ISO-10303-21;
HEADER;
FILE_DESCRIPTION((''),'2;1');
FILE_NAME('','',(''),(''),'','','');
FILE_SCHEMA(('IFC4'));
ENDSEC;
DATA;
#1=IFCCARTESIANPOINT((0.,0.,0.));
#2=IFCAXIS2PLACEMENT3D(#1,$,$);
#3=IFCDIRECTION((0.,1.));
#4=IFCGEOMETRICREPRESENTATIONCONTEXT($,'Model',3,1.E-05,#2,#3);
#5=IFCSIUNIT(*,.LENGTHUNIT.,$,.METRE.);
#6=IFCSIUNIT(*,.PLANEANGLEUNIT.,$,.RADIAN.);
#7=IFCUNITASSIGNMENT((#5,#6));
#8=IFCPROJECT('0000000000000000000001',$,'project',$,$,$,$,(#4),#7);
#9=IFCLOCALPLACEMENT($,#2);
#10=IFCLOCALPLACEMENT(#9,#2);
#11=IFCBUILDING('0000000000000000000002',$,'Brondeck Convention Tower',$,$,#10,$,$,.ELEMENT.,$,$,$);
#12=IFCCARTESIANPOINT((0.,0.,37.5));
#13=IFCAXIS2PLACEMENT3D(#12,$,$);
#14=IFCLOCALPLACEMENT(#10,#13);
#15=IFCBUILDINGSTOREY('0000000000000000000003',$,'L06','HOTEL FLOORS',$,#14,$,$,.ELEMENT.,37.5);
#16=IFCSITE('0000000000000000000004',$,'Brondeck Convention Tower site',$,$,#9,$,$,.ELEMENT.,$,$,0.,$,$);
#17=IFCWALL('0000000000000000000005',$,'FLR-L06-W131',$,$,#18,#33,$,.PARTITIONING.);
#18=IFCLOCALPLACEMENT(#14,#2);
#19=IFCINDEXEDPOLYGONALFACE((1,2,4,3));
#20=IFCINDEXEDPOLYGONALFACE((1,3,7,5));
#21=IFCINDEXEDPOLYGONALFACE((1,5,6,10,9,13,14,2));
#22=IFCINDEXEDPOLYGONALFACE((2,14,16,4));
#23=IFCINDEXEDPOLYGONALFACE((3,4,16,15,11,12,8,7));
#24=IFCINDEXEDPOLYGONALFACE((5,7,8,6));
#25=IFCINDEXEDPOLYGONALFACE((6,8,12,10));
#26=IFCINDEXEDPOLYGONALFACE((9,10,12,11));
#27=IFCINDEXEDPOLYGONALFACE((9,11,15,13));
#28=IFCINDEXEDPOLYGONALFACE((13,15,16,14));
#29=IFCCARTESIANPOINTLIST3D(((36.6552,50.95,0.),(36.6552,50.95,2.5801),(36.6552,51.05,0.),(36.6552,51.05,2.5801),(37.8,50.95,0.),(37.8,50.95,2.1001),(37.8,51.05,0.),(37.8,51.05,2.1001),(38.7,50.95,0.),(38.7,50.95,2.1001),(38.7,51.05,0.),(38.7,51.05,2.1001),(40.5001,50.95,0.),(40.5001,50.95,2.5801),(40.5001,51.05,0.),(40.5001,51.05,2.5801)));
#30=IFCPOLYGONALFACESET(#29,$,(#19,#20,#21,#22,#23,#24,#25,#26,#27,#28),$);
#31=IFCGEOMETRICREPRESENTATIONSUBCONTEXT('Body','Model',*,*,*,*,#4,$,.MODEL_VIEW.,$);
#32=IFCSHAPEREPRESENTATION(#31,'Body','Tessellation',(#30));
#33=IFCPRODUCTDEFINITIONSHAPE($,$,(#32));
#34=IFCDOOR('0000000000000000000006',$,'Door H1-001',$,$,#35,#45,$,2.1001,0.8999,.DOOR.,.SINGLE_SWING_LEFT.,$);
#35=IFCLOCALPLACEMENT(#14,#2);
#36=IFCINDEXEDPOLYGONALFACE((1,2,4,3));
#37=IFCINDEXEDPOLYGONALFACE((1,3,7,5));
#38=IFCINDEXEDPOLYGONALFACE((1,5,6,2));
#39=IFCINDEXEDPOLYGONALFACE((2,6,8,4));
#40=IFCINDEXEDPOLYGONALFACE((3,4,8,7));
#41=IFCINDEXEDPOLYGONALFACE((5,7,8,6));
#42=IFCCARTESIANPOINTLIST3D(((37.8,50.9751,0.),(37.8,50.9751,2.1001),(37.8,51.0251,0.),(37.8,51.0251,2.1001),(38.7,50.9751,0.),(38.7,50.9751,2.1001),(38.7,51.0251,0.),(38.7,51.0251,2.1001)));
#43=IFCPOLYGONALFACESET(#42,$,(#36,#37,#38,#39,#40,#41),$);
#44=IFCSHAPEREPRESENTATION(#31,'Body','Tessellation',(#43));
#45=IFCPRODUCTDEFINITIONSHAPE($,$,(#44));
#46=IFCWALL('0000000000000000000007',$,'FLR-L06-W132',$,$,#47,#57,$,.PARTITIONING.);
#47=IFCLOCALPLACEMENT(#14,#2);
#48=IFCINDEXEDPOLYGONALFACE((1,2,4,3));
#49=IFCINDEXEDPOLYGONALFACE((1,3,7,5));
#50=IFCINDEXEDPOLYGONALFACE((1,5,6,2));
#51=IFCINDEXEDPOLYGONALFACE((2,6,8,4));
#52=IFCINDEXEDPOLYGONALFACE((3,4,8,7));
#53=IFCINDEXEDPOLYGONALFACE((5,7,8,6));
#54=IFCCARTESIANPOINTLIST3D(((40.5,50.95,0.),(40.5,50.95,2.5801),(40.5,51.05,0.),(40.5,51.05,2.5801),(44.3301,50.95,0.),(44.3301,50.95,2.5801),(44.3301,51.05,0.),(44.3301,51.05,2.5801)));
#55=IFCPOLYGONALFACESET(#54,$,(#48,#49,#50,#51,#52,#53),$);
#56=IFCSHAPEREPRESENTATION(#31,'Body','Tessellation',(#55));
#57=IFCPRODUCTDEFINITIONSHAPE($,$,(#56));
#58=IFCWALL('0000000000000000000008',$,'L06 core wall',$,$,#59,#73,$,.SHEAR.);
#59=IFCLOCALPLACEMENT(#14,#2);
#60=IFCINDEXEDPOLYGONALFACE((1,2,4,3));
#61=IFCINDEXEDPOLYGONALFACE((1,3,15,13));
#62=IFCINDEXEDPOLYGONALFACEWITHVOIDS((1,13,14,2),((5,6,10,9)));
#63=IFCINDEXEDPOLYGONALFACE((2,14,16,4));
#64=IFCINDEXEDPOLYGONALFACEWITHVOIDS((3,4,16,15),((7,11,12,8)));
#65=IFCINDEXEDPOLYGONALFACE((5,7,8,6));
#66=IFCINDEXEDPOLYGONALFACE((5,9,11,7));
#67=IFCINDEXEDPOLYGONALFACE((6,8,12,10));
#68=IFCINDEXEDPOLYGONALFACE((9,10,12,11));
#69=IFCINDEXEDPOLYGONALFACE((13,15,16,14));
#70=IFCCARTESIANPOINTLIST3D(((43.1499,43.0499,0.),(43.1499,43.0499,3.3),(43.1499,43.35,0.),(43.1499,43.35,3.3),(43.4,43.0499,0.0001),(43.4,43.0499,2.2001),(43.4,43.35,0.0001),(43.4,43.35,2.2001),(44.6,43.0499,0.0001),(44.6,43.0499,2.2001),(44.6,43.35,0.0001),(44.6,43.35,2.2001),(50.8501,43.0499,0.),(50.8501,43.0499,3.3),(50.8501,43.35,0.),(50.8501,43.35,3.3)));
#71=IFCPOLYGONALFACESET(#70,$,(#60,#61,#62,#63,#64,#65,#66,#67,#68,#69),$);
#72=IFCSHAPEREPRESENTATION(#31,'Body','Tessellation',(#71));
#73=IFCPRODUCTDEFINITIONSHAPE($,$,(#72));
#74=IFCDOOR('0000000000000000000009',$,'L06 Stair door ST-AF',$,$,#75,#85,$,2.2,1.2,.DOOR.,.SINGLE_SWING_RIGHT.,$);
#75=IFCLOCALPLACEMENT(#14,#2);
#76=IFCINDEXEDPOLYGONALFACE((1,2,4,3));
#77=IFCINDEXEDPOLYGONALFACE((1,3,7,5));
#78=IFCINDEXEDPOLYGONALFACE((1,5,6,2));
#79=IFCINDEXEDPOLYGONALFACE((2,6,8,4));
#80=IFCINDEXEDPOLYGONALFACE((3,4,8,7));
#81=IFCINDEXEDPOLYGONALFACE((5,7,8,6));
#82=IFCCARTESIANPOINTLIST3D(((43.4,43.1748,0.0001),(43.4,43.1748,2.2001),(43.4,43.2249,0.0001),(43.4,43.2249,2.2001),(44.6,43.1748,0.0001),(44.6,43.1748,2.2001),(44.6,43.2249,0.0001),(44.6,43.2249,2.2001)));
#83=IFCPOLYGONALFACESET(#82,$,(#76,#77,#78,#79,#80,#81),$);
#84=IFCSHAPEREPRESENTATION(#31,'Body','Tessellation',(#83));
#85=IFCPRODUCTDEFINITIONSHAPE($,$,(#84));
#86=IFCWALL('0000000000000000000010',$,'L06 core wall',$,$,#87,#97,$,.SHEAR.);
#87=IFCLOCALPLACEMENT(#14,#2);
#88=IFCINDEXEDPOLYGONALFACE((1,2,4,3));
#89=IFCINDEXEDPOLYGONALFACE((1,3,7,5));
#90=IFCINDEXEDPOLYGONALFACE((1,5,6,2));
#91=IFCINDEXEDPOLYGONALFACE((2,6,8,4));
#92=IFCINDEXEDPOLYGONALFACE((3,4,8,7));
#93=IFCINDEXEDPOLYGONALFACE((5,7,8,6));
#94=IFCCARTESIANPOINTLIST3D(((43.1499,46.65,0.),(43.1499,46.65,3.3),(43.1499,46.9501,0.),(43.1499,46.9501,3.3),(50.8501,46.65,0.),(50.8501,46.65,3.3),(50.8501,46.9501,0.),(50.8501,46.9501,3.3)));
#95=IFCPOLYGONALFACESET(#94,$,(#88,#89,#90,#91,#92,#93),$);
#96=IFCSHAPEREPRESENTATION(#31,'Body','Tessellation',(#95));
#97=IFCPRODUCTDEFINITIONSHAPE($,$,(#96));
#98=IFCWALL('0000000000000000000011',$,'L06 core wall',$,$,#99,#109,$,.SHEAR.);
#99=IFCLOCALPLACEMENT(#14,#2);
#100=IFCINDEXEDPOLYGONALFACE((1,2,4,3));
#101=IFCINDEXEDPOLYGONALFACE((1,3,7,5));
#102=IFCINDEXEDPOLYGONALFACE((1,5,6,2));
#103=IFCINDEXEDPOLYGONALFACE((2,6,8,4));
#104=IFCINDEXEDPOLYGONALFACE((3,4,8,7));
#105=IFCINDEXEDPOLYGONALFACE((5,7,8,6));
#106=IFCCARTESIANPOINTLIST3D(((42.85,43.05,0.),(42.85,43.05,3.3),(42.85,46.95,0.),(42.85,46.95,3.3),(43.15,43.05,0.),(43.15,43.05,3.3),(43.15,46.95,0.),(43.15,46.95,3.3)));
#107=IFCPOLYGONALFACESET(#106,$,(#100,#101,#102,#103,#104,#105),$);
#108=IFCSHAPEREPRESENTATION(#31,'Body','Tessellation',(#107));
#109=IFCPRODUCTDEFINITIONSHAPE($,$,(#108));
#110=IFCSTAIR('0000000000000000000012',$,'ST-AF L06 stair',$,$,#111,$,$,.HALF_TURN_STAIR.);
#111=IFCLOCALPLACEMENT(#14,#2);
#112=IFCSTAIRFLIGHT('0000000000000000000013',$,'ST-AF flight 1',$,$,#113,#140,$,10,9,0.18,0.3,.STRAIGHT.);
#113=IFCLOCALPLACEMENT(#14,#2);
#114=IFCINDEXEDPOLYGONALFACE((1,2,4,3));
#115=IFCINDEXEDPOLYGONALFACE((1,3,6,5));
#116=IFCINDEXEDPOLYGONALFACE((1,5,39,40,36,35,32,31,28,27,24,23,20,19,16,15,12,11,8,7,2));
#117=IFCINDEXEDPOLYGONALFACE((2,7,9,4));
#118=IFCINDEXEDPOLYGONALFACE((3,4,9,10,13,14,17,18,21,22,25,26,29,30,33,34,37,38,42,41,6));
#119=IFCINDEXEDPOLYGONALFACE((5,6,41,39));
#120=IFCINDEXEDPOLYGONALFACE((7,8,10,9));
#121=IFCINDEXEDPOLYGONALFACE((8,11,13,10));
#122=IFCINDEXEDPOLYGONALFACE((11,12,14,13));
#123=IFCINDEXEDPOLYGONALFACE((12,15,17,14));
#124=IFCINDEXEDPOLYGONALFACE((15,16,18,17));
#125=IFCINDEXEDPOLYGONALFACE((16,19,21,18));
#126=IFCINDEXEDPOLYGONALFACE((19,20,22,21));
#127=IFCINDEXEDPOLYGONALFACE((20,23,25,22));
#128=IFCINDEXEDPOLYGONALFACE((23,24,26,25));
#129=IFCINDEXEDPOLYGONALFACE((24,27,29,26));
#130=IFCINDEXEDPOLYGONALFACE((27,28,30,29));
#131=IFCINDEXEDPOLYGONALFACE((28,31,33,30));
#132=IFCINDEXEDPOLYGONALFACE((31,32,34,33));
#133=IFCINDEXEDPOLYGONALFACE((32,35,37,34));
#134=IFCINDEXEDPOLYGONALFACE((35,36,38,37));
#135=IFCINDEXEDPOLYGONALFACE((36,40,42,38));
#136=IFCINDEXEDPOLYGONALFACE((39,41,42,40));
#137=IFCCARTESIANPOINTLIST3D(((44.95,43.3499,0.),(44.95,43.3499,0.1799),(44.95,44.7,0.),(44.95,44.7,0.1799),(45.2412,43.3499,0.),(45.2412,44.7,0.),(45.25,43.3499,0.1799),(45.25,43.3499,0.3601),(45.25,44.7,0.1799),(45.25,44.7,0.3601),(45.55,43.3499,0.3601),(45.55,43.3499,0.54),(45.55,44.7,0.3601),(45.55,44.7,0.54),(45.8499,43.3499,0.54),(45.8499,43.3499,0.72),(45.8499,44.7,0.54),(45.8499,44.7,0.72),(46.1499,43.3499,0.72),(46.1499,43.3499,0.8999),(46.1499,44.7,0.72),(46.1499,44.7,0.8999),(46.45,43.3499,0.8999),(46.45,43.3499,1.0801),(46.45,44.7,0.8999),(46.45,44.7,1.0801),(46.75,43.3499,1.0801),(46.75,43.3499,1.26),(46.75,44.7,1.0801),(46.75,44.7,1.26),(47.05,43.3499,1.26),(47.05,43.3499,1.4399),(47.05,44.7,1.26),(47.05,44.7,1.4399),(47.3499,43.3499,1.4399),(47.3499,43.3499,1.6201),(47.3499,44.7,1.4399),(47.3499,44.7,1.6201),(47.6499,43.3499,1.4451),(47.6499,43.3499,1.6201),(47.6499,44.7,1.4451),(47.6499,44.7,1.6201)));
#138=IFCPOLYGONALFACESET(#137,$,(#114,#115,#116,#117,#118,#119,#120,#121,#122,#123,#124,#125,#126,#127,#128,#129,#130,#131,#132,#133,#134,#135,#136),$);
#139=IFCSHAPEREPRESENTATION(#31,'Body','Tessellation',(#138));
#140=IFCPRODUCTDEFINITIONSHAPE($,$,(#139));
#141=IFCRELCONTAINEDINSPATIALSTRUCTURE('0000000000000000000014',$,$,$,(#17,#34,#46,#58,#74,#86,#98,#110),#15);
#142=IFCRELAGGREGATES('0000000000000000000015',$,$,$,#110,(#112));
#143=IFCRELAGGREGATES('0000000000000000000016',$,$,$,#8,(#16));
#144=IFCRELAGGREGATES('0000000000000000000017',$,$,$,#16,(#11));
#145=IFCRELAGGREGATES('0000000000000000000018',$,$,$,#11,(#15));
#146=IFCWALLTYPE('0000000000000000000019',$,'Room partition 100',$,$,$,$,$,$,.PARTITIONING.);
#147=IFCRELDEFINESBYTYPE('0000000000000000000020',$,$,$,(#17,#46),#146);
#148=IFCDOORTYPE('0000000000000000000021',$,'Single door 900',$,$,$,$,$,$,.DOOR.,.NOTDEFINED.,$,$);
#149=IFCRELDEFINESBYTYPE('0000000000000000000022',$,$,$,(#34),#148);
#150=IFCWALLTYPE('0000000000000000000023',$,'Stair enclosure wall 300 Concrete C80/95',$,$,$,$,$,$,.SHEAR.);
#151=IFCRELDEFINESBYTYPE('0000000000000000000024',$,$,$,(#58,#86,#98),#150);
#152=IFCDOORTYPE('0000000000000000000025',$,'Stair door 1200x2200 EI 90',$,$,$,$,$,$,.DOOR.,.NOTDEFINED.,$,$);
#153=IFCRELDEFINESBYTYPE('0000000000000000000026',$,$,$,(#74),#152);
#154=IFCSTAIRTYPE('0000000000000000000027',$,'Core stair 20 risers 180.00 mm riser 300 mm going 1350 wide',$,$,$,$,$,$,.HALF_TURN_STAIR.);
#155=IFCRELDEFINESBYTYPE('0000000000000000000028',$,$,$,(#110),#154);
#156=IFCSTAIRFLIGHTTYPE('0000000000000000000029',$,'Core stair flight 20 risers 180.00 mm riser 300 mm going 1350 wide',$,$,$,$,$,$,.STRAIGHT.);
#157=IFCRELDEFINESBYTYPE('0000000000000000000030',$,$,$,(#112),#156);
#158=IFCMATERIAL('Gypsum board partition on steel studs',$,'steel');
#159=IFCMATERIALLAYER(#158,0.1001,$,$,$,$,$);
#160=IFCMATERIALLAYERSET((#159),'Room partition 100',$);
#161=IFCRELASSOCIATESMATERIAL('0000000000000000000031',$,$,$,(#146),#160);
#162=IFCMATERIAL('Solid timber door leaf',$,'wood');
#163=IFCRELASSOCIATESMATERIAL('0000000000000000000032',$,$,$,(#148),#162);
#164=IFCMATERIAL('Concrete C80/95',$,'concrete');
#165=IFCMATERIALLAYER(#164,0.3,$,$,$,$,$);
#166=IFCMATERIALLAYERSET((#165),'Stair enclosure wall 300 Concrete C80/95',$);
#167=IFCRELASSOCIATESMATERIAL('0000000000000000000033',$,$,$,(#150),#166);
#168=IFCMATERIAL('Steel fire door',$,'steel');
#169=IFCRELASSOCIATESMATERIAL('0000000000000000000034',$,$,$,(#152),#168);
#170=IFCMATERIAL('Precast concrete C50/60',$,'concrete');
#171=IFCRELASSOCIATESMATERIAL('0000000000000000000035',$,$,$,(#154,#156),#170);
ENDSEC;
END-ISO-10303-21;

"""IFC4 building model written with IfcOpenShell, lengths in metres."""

from ifc_helpers import new_model, si_unit, direction, frame, frame_2d, origin, place, context, subcontext, project, spatial, polyline, rectangle, outline, extrude, material, layer, layer_set, type_object, element, fill, aggregate, save


model = new_model("IFC4")

# Units and contexts
model_context = context("Model", 3, precision=1e-05, world=origin(), true_north=direction((0.0, 1.0)))
body_context = subcontext(model_context, "Body", "Model", "MODEL_VIEW")
ifc_project = project(units=[si_unit("LENGTHUNIT", "METRE"), si_unit("PLANEANGLEUNIT", "RADIAN")], contexts=[model_context])

# Site, building, storey
site_placement = place(None, origin())
site = spatial("IfcSite", under=ifc_project, at=site_placement, Name="Brondeck Convention Tower site", CompositionType="ELEMENT", RefElevation=0.0)
building_placement = place(site_placement, origin())
building = spatial("IfcBuilding", under=site, at=building_placement, Name="Brondeck Convention Tower", CompositionType="ELEMENT")
storey_placement = place(building_placement, frame((0.0, 0.0, 37.5)))
storey = spatial("IfcBuildingStorey", under=building, at=storey_placement, Name="L06", Description="HOTEL FLOORS", CompositionType="ELEMENT", Elevation=37.5)

# Shared definitions
ifc_material_1 = material(Name="Concrete C80/95", Category="concrete")

# Shared definitions
ifc_material_2 = material(Name="Gypsum board partition on steel studs", Category="steel")
ifc_layer_1 = layer(ifc_material_2, 0.1001)
ifc_layer_set_1 = layer_set([ifc_layer_1], Name="Room partition 100")
wall_type_1 = type_object("IfcWallType", Name="Room partition 100", PredefinedType="PARTITIONING", material=ifc_layer_set_1)

# Wall, opening, door
ifc_material_3 = material(Name="Solid timber door leaf", Category="wood")
door_type_1 = type_object("IfcDoorType", Name="Single door 900", OperationType="NOTDEFINED", PredefinedType="DOOR", material=ifc_material_3)
wall_1_placement = place(storey_placement, frame((40.5, 51.0, 0.0), z_axis=(0.0, 0.0, 1.0), x_axis=(-1.0, 0.0, 0.0)))
wall_1 = element("IfcWall", 1, at=wall_1_placement, inside=storey, type_object=wall_type_1, Name="FLR-L06-W131", PredefinedType="PARTITIONING", context=body_context, shape_type="SweptSolid", body=[
    extrude(rectangle(XDim=3.845, YDim=0.1001, at=frame_2d((1.9224, 0.0))), origin(), (0.0, 0.0, 1.0), 2.5801),
])
opening_1_placement = place(wall_1_placement, frame((1.8, 0.0, 0.0)))
opening_1 = element("IfcOpeningElement", 2, at=opening_1_placement, cuts=wall_1, PredefinedType="OPENING", context=body_context, shape_type="SweptSolid", body=[
    extrude(rectangle(XDim=0.8999, YDim=2.1001, at=frame_2d((0.45, 1.05))), frame((0.0, 0.0601, 0.0), z_axis=(0.0, -1.0, 0.0), x_axis=(1.0, 0.0, 0.0)), (0.0, 0.0, 1.0), 0.1201),
])
door_1_placement = place(opening_1_placement, origin())
door_1 = element("IfcDoor", 3, at=door_1_placement, inside=storey, type_object=door_type_1, Name="Door H1-001", OperationType="SINGLE_SWING_LEFT", OverallHeight=2.1001, OverallWidth=0.8999, PredefinedType="DOOR", context=body_context, shape_type="SweptSolid", body=[
    extrude(rectangle(XDim=0.8999, YDim=2.1001, at=frame_2d((0.45, 1.05))), frame((0.0, 0.0249, 0.0), z_axis=(0.0, -1.0, 0.0), x_axis=(1.0, 0.0, 0.0)), (0.0, 0.0, 1.0), 0.05),
])
fill(opening_1, door_1)

# Wall
wall_2_placement = place(storey_placement, frame((44.3301, 51.0, 0.0), z_axis=(0.0, 0.0, 1.0), x_axis=(-1.0, 0.0, 0.0)))
element("IfcWall", 4, at=wall_2_placement, inside=storey, type_object=wall_type_1, Name="FLR-L06-W132", PredefinedType="PARTITIONING", context=body_context, shape_type="SweptSolid", body=[
    extrude(rectangle(XDim=3.8301, YDim=0.1001, at=frame_2d((1.915, 0.0))), origin(), (0.0, 0.0, 1.0), 2.5801),
])

# Wall, opening, door
ifc_layer_2 = layer(ifc_material_1, 0.3)
ifc_layer_set_2 = layer_set([ifc_layer_2], Name="Stair enclosure wall 300 Concrete C80/95")
wall_type_2 = type_object("IfcWallType", Name="Stair enclosure wall 300 Concrete C80/95", PredefinedType="SHEAR", material=ifc_layer_set_2)
wall_3_placement = place(storey_placement, frame((43.1499, 43.2, 0.0), z_axis=(0.0, 0.0, 1.0), x_axis=(1.0, 0.0, 0.0)))
wall_3 = element("IfcWall", 5, at=wall_3_placement, inside=storey, type_object=wall_type_2, Name="L06 core wall", PredefinedType="SHEAR", context=body_context, shape_type="SweptSolid", body=[
    extrude(rectangle(XDim=7.7002, YDim=0.3, at=frame_2d((3.8501, 0.0))), origin(), (0.0, 0.0, 1.0), 3.3),
])
opening_2_placement = place(wall_3_placement, frame((0.25, 0.0, 0.0)))
opening_2 = element("IfcOpeningElement", 6, at=opening_2_placement, cuts=wall_3, PredefinedType="OPENING", context=body_context, shape_type="SweptSolid", body=[
    extrude(rectangle(XDim=1.2, YDim=2.2, at=frame_2d((0.6001, 1.1001))), frame((0.0, 0.1599, 0.0), z_axis=(0.0, -1.0, 0.0), x_axis=(1.0, 0.0, 0.0)), (0.0, 0.0, 1.0), 0.3201),
])
ifc_material_4 = material(Name="Steel fire door", Category="steel")
door_type_2 = type_object("IfcDoorType", Name="Stair door 1200x2200 EI 90", OperationType="NOTDEFINED", PredefinedType="DOOR", material=ifc_material_4)
door_2_placement = place(opening_2_placement, origin())
door_2 = element("IfcDoor", 7, at=door_2_placement, inside=storey, type_object=door_type_2, Name="L06 Stair door ST-AF", OperationType="SINGLE_SWING_RIGHT", OverallHeight=2.2, OverallWidth=1.2, PredefinedType="DOOR", context=body_context, shape_type="SweptSolid", body=[
    extrude(rectangle(XDim=1.2, YDim=2.2, at=frame_2d((0.6001, 1.1001))), frame((0.0, 0.0249, 0.0), z_axis=(0.0, -1.0, 0.0), x_axis=(1.0, 0.0, 0.0)), (0.0, 0.0, 1.0), 0.05),
])
fill(opening_2, door_2)

# Walls
wall_4_placement = place(storey_placement, frame((43.1499, 46.8, 0.0), z_axis=(0.0, 0.0, 1.0), x_axis=(1.0, 0.0, 0.0)))
element("IfcWall", 8, at=wall_4_placement, inside=storey, type_object=wall_type_2, Name="L06 core wall", PredefinedType="SHEAR", context=body_context, shape_type="SweptSolid", body=[
    extrude(rectangle(XDim=7.7002, YDim=0.3, at=frame_2d((3.8501, 0.0))), origin(), (0.0, 0.0, 1.0), 3.3),
])
wall_5_placement = place(storey_placement, frame((43.0, 43.05, 0.0), z_axis=(0.0, 0.0, 1.0), x_axis=(0.0, 1.0, 0.0)))
element("IfcWall", 9, at=wall_5_placement, inside=storey, type_object=wall_type_2, Name="L06 core wall", PredefinedType="SHEAR", context=body_context, shape_type="SweptSolid", body=[
    extrude(rectangle(XDim=3.8999, YDim=0.3, at=frame_2d((1.95, 0.0))), origin(), (0.0, 0.0, 1.0), 3.3),
])

# Stair, stair flight
ifc_material_5 = material(Name="Precast concrete C50/60", Category="concrete")
stair_type = type_object("IfcStairType", Name="Core stair 20 risers 180.00 mm riser 300 mm going 1350 wide", PredefinedType="HALF_TURN_STAIR", material=ifc_material_5)
stair_placement = place(storey_placement, origin())
stair = element("IfcStair", 10, at=stair_placement, inside=storey, type_object=stair_type, Name="ST-AF L06 stair", PredefinedType="HALF_TURN_STAIR")
stair_flight_type = type_object("IfcStairFlightType", Name="Core stair flight 20 risers 180.00 mm riser 300 mm going 1350 wide", PredefinedType="STRAIGHT", material=ifc_material_5)
stair_flight_placement = place(storey_placement, frame((44.95, 44.0249, 0.0), z_axis=(0.0, 0.0, 1.0), x_axis=(1.0, 0.0, 0.0)))
stair_flight = element("IfcStairFlight", 11, at=stair_flight_placement, type_object=stair_flight_type, Name="ST-AF flight 1", NumberOfRisers=10, NumberOfTreads=9, PredefinedType="STRAIGHT", RiserHeight=0.18, TreadLength=0.3, context=body_context, shape_type="SweptSolid", body=[
    extrude(outline(polyline([(0.0, 0.0), (0.0, 0.1799), (0.3, 0.1799), (0.3, 0.3601), (0.6001, 0.3601), (0.6001, 0.54), (0.8999, 0.54), (0.8999, 0.72), (1.2, 0.72), (1.2, 0.8999), (1.5, 0.8999), (1.5, 1.0801), (1.8, 1.0801), (1.8, 1.26), (2.1001, 1.26), (2.1001, 1.4399), (2.3999, 1.4399), (2.3999, 1.6201), (2.7, 1.6201), (2.7, 1.8), (2.7, 1.4451), (0.2913, 0.0), (0.0, 0.0)])), frame((0.0, 0.675, 0.0), z_axis=(0.0, -1.0, 0.0), x_axis=(1.0, 0.0, 0.0)), (0.0, 0.0, 1.0), 1.3501),
])
aggregate(stair, [stair_flight])

save(model, "model.ifc")
